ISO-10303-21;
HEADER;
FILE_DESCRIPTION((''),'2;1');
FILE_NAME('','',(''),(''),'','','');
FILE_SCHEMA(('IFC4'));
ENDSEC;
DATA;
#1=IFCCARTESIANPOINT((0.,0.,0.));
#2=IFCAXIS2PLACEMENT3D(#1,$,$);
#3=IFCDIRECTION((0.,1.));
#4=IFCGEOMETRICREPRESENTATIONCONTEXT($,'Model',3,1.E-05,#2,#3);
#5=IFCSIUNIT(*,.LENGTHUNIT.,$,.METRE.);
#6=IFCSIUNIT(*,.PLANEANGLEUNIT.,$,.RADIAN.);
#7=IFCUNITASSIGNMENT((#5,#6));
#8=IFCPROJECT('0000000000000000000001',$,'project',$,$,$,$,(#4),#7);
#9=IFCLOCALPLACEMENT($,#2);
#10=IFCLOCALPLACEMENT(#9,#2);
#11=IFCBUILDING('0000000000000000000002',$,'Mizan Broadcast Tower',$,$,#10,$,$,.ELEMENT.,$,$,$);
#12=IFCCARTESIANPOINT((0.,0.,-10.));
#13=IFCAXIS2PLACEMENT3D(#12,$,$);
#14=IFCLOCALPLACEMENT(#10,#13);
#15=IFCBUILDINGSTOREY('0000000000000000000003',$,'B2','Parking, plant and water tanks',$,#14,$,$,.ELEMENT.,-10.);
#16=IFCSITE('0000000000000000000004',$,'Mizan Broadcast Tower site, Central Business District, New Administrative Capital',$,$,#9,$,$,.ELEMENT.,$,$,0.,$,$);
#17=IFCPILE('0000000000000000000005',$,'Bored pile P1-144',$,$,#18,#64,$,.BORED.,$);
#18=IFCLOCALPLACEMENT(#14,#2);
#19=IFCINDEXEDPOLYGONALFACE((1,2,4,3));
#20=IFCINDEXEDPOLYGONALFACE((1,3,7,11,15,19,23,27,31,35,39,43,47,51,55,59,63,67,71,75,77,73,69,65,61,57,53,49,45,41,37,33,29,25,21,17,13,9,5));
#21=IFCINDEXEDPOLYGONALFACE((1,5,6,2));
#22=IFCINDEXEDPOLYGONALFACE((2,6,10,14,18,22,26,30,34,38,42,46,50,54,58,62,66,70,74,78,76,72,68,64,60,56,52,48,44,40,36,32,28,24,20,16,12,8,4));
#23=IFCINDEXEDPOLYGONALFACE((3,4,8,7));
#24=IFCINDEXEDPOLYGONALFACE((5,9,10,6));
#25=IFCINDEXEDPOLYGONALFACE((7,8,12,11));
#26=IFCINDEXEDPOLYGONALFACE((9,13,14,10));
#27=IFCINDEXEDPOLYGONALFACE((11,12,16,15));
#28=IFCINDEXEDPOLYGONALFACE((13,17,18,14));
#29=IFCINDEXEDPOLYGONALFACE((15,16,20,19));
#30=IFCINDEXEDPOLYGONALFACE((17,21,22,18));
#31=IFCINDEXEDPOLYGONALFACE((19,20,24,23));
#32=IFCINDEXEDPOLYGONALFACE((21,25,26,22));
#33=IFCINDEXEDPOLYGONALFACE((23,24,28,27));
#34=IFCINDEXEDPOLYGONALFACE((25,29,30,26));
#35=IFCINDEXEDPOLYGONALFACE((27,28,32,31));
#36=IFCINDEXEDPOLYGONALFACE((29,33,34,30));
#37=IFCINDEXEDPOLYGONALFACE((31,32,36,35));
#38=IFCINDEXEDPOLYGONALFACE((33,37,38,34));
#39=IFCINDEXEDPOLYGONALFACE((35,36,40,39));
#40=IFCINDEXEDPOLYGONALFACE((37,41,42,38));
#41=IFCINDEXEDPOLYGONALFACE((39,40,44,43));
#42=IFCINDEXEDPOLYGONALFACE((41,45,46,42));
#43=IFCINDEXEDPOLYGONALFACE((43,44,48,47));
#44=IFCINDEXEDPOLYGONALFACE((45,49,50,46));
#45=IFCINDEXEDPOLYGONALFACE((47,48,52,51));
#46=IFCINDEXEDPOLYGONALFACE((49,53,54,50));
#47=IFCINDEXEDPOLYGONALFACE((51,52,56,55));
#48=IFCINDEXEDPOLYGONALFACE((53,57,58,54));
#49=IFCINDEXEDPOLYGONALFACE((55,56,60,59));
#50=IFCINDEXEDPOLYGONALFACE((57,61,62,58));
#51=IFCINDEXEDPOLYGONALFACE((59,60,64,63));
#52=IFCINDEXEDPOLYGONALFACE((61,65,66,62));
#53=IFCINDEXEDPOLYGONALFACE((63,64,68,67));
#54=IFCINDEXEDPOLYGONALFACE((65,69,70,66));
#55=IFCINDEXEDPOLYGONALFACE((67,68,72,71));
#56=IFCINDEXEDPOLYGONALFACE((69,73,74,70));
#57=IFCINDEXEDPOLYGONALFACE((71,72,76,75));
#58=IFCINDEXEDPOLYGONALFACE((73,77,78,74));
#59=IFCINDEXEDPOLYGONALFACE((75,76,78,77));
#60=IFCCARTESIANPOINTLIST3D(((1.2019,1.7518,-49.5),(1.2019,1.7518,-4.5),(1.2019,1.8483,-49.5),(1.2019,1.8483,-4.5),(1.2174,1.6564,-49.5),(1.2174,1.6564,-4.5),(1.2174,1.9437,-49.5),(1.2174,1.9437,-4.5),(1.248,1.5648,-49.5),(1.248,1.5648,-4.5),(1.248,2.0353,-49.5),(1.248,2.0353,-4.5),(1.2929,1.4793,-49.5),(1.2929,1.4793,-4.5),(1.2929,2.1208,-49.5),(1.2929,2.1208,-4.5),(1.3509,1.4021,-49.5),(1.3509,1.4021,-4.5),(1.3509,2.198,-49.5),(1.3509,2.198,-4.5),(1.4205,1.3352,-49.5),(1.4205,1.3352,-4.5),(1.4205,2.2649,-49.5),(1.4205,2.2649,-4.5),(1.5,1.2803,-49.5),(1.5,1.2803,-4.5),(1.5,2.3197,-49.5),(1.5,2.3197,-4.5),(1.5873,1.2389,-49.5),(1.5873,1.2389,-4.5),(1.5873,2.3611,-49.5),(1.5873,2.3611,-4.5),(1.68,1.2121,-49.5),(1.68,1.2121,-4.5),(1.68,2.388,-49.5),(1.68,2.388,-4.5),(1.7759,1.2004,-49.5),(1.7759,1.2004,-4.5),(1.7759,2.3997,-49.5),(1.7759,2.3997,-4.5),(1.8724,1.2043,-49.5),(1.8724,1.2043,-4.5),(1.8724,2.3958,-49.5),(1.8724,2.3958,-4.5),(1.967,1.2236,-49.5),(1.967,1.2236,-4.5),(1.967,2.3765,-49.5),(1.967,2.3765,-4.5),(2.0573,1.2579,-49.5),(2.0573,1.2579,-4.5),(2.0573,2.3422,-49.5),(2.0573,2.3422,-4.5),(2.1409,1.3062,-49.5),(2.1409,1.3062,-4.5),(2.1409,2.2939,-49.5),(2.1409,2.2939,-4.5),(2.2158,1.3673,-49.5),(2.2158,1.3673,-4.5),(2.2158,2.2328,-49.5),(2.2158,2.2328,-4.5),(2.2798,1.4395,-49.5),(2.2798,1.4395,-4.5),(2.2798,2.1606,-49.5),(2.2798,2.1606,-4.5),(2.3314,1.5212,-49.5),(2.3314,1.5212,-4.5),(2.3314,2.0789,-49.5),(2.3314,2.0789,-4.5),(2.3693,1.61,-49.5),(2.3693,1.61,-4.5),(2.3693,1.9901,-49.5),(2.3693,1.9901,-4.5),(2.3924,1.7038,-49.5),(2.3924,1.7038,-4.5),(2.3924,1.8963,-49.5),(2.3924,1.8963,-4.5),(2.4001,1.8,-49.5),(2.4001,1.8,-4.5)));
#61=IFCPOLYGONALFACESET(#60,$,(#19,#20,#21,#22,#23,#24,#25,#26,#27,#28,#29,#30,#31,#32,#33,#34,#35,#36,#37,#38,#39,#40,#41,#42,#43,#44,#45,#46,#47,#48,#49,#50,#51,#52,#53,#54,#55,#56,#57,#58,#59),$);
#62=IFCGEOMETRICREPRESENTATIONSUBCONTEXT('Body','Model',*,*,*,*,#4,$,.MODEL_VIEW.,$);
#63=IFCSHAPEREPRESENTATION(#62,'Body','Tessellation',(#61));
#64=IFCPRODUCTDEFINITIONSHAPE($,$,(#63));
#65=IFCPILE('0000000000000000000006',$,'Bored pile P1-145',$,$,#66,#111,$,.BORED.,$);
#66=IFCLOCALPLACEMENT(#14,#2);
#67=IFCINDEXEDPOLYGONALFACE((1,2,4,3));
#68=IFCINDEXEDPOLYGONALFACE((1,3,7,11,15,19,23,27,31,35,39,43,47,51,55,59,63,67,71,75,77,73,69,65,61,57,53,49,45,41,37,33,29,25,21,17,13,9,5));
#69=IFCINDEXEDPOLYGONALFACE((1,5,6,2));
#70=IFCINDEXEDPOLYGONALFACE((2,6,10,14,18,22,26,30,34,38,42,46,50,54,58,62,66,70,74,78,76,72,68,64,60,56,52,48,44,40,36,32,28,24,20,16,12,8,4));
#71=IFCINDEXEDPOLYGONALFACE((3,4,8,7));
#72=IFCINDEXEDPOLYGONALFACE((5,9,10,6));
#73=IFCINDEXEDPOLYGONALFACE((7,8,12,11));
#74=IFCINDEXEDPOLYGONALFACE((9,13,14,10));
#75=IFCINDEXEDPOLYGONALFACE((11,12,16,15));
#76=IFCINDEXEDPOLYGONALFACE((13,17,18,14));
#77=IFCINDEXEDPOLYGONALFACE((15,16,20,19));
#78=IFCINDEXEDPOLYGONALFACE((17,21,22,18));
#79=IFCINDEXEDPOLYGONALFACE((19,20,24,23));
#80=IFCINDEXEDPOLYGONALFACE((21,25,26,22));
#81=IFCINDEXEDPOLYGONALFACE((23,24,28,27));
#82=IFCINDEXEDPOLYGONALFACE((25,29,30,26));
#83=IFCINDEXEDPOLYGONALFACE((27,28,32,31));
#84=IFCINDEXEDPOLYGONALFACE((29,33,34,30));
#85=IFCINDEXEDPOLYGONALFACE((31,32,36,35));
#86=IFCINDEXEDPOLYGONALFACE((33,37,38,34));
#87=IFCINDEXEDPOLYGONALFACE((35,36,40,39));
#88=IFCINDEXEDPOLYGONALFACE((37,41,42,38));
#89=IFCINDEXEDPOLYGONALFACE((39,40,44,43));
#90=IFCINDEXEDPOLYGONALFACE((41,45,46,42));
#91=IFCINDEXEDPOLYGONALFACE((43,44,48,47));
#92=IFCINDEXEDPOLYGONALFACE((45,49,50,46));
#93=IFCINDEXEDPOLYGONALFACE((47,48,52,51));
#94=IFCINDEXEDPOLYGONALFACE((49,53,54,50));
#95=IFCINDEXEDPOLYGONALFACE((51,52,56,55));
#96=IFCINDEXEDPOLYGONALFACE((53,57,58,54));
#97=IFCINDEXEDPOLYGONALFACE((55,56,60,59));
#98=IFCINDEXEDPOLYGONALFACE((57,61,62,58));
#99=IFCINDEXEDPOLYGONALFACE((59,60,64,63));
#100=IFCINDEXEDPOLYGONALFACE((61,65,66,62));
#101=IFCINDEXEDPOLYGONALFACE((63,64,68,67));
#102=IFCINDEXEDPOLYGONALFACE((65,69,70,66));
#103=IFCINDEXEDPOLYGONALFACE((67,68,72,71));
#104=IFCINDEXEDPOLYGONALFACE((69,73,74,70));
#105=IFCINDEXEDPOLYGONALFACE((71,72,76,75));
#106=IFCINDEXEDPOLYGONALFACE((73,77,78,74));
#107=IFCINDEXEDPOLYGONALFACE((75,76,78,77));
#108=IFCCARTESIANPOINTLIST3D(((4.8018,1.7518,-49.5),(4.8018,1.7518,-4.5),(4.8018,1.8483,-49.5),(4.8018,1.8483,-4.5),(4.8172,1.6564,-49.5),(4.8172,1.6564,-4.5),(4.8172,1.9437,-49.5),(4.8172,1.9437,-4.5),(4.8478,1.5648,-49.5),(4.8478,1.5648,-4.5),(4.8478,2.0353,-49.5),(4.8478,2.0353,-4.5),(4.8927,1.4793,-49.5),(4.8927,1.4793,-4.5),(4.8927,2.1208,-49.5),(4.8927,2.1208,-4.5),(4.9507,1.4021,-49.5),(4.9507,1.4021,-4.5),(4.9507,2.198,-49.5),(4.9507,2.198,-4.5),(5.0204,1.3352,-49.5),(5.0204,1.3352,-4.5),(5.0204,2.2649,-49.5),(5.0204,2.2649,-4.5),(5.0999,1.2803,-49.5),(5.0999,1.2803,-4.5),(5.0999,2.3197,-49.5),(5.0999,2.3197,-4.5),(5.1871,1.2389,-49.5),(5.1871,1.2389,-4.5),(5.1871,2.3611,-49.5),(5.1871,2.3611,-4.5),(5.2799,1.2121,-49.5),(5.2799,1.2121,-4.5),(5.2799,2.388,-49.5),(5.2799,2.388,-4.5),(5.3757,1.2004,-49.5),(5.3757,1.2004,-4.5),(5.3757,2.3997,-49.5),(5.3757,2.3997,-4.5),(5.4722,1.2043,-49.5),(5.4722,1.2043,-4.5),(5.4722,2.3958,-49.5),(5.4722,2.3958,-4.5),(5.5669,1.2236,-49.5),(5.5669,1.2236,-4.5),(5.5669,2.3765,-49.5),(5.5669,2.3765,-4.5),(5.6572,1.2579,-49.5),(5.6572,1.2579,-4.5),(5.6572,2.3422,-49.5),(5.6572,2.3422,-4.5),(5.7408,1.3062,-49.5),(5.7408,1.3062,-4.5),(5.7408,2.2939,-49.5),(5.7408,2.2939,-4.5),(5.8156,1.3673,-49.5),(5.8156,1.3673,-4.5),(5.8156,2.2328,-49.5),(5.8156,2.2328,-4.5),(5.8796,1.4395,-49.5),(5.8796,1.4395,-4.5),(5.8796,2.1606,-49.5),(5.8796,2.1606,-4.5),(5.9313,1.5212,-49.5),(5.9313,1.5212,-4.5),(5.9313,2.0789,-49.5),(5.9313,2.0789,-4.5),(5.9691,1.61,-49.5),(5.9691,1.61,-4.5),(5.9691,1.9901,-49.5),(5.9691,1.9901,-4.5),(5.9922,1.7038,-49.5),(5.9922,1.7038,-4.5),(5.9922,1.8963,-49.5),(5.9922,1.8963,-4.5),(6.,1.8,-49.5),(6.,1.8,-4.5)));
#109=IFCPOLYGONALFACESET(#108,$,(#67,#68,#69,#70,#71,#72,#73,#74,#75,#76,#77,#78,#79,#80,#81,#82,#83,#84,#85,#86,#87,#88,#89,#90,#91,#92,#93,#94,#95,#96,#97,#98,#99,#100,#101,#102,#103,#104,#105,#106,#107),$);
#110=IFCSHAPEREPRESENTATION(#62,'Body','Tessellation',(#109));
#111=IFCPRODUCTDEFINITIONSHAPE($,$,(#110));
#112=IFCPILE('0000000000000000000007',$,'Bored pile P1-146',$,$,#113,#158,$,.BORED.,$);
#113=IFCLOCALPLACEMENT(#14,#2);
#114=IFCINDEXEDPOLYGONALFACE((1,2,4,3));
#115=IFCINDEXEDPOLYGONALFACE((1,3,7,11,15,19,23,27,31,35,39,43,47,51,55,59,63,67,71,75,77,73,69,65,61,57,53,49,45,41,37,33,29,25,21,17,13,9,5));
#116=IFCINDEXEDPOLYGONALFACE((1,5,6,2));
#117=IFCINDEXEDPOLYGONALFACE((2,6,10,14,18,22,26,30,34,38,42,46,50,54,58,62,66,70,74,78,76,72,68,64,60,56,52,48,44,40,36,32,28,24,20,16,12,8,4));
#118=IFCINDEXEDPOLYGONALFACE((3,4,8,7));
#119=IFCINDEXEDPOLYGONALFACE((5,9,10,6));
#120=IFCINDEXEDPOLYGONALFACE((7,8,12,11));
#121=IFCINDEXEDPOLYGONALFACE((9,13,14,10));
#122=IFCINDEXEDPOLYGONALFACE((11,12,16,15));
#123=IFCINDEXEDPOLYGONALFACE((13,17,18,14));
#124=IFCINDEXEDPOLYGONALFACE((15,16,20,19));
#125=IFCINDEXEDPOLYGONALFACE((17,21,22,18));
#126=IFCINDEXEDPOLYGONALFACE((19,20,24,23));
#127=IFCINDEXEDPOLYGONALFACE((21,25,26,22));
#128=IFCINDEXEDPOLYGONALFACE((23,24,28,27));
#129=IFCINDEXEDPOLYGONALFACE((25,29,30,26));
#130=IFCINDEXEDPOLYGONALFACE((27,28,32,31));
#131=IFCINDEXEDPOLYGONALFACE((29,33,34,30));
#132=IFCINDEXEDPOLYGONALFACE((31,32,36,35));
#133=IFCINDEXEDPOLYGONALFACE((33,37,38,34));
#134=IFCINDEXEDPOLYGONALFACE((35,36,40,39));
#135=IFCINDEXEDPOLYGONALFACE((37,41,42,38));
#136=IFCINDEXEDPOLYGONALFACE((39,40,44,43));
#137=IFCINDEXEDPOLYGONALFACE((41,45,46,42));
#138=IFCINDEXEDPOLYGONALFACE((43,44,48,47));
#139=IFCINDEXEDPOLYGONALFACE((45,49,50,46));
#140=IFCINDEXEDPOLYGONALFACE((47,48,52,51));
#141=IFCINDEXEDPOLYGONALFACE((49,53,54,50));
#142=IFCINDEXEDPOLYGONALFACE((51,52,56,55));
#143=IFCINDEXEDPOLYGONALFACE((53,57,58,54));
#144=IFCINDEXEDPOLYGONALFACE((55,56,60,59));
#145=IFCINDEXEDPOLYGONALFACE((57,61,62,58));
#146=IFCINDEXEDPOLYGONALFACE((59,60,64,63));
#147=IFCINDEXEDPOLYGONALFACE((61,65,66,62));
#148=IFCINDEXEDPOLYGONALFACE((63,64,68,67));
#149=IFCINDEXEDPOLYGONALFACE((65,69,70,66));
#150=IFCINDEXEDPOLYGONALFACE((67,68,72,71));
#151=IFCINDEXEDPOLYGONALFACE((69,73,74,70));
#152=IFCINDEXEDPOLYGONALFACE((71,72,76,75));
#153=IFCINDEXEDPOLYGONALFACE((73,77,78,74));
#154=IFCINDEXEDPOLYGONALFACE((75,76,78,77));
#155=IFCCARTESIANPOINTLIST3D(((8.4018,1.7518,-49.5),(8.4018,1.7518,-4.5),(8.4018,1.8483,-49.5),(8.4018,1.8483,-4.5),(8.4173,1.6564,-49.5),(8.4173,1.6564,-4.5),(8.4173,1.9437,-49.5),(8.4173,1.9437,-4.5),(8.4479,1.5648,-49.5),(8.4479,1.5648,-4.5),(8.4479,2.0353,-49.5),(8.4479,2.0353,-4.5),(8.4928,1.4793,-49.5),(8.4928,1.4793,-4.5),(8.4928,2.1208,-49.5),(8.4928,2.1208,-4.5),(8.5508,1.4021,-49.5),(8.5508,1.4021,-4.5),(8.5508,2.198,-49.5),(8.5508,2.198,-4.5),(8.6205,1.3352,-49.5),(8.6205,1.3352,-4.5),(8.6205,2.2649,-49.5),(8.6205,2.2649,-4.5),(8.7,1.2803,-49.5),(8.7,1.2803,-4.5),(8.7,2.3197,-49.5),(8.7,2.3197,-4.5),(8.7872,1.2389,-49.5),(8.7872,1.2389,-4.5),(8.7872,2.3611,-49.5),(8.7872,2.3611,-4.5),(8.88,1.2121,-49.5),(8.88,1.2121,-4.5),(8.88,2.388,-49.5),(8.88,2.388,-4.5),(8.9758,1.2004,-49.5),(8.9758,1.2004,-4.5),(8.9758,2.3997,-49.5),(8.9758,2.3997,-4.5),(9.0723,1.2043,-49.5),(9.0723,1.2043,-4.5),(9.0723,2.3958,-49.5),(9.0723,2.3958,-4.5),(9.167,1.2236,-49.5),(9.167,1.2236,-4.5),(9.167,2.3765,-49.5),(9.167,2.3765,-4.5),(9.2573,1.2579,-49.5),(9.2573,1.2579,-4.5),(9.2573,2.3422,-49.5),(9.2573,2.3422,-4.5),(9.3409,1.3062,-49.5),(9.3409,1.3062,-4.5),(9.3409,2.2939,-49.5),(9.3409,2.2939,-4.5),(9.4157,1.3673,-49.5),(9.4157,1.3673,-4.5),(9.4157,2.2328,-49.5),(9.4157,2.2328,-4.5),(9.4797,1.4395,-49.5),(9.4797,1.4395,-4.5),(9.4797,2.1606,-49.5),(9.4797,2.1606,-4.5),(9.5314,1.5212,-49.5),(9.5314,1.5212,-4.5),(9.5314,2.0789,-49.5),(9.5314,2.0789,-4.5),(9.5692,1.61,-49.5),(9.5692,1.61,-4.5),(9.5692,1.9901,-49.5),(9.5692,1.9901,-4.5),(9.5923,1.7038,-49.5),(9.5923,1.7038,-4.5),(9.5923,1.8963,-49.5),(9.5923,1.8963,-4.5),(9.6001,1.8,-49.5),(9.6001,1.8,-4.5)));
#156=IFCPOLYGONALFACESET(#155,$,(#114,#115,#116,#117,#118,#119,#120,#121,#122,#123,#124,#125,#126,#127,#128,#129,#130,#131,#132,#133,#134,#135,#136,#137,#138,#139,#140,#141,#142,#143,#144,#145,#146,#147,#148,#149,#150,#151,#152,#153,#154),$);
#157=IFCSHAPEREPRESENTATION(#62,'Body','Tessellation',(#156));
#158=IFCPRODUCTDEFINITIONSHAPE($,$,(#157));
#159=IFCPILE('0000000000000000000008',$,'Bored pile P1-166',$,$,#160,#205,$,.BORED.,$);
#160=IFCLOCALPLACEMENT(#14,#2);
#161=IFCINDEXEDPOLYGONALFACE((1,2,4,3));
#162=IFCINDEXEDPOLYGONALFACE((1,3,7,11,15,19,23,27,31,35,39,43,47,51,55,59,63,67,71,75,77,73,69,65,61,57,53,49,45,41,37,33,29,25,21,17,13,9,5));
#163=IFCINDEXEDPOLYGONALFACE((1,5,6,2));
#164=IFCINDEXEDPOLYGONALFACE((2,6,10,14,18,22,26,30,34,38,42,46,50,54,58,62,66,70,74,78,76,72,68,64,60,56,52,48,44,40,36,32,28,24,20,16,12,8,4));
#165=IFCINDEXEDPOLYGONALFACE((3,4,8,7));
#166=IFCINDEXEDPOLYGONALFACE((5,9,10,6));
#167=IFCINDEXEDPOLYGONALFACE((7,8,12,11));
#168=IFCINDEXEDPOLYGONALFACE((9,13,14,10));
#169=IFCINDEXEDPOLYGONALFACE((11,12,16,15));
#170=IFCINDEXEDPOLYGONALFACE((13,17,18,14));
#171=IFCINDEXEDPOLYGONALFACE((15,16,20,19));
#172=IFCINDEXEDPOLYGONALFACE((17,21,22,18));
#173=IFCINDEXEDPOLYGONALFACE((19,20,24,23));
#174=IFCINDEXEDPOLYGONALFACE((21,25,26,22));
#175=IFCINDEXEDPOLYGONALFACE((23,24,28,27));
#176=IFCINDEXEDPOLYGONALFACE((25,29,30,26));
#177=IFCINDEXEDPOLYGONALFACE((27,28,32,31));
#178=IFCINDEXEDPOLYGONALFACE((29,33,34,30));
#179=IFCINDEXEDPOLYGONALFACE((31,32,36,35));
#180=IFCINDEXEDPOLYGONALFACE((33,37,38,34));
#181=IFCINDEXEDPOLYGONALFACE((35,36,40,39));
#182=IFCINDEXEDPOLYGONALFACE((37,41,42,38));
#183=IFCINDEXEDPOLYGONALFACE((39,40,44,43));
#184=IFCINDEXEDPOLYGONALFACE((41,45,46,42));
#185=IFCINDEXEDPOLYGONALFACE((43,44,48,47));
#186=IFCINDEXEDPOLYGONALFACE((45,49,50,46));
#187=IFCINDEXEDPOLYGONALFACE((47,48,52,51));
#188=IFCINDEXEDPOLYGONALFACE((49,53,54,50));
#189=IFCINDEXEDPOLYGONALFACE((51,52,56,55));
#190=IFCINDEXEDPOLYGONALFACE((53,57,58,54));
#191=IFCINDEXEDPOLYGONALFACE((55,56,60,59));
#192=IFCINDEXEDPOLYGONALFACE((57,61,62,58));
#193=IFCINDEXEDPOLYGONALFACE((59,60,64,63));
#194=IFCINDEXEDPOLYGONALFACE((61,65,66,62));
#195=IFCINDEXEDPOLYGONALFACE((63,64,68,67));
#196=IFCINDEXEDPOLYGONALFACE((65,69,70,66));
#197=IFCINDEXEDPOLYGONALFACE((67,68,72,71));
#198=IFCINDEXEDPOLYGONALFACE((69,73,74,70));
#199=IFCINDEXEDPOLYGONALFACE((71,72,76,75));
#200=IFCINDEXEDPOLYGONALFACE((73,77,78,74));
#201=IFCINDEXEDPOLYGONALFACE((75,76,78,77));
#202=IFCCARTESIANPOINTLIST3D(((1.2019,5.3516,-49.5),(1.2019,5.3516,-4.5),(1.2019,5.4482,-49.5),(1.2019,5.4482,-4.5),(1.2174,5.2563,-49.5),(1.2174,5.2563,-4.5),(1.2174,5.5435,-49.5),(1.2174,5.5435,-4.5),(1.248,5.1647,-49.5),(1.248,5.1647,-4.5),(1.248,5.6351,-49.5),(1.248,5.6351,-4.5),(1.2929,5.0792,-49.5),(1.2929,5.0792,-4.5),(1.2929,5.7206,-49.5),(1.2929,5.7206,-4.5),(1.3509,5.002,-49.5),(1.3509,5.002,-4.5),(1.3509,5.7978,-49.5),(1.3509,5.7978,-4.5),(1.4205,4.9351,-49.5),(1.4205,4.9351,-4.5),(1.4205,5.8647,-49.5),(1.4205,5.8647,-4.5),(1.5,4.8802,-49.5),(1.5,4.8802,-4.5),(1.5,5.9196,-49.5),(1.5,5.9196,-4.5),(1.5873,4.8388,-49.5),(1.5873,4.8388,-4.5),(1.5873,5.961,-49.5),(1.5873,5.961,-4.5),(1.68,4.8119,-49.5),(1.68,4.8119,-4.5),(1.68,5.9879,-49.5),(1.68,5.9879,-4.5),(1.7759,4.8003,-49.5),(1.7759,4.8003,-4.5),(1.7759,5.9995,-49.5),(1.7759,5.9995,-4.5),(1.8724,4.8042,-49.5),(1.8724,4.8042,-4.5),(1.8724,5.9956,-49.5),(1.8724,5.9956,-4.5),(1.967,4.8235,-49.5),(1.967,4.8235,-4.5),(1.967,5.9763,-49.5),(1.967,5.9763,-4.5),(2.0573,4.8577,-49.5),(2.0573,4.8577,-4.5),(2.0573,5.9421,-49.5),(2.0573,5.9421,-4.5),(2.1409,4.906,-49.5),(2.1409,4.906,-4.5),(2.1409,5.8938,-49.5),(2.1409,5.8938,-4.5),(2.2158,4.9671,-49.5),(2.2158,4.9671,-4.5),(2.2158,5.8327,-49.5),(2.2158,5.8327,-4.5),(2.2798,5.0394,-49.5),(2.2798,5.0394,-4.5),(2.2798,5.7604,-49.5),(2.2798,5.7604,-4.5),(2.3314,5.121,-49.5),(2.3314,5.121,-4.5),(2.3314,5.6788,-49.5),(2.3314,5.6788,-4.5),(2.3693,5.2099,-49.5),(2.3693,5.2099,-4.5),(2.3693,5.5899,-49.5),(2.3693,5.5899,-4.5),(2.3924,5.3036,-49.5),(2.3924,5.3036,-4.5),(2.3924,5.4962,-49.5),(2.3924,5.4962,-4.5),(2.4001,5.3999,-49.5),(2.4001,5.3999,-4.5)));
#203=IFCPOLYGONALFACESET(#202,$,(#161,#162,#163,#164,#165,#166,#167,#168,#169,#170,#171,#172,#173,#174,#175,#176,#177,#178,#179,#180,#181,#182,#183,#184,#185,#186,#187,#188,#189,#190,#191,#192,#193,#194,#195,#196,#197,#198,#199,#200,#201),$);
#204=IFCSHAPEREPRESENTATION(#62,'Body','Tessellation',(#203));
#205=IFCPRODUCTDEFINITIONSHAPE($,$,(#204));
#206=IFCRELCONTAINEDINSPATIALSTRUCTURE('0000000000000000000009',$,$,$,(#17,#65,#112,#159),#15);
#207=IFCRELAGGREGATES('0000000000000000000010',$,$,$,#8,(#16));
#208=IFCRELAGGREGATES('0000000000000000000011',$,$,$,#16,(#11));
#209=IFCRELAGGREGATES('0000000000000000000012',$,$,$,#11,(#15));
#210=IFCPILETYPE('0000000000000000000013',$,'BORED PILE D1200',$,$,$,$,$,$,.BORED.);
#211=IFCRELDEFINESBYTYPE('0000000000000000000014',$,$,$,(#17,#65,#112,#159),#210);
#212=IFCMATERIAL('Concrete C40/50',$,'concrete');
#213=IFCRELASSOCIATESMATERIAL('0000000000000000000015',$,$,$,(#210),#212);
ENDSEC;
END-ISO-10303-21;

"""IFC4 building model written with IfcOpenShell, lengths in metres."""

from ifc_helpers import new_model, si_unit, direction, frame, origin, origin_2d, place, context, subcontext, project, spatial, circle, extrude, material, material_profile, profile_set, type_object, element, save


model = new_model("IFC4")

# Units and contexts
model_context = context("Model", 3, precision=1e-05, world=origin(), true_north=direction((0.0, 1.0)))
body_context = subcontext(model_context, "Body", "Model", "MODEL_VIEW")
ifc_project = project(units=[si_unit("LENGTHUNIT", "METRE"), si_unit("PLANEANGLEUNIT", "RADIAN")], contexts=[model_context])

# Site, building, storey
site_placement = place(None, origin())
site = spatial("IfcSite", under=ifc_project, at=site_placement, Name="Mizan Broadcast Tower site, Central Business District, New Administrative Capital", CompositionType="ELEMENT", RefElevation=0.0)
building_placement = place(site_placement, origin())
building = spatial("IfcBuilding", under=site, at=building_placement, Name="Mizan Broadcast Tower", CompositionType="ELEMENT")
storey_placement = place(building_placement, frame((0.0, 0.0, -10.0)))
storey = spatial("IfcBuildingStorey", under=building, at=storey_placement, Name="B2", Description="Parking, plant and water tanks", CompositionType="ELEMENT", Elevation=-10.0)

# Piles
ifc_material_1 = material(Name="Concrete C40/50", Category="concrete")
ifc_material_profile_1 = material_profile(ifc_material_1, circle(Radius=0.6001, at=origin_2d()), Name="D1200")
ifc_profile_set_1 = profile_set([ifc_material_profile_1], Name="Concrete C40/50")
pile_type = type_object("IfcPileType", Name="BORED PILE D1200", PredefinedType="BORED", material=ifc_profile_set_1)
for number, where, z_axis, x_axis, name in (
    (1, (1.8, 1.8, -4.5), (0.0, 0.0, -1.0), (1.0, 0.0, 0.0), "Bored pile P1-144"),
    (2, (5.3999, 1.8, -4.5), (0.0, 0.0, -1.0), (1.0, 0.0, 0.0), "Bored pile P1-145"),
    (3, (9.0, 1.8, -4.5), (0.0, 0.0, -1.0), (1.0, 0.0, 0.0), "Bored pile P1-146"),
    (4, (1.8, 5.3999, -4.5), (0.0, 0.0, -1.0), (1.0, 0.0, 0.0), "Bored pile P1-166"),
):
    element("IfcPile", number, at=place(storey_placement, frame(where, z_axis=z_axis, x_axis=x_axis)), inside=storey, type_object=pile_type, Name=name, PredefinedType="BORED", context=body_context, shape_type="SweptSolid", body=[
        extrude(circle(Radius=0.6001, at=origin_2d()), origin(), (0.0, 0.0, 1.0), 45.0),
    ])

save(model, "model.ifc")
